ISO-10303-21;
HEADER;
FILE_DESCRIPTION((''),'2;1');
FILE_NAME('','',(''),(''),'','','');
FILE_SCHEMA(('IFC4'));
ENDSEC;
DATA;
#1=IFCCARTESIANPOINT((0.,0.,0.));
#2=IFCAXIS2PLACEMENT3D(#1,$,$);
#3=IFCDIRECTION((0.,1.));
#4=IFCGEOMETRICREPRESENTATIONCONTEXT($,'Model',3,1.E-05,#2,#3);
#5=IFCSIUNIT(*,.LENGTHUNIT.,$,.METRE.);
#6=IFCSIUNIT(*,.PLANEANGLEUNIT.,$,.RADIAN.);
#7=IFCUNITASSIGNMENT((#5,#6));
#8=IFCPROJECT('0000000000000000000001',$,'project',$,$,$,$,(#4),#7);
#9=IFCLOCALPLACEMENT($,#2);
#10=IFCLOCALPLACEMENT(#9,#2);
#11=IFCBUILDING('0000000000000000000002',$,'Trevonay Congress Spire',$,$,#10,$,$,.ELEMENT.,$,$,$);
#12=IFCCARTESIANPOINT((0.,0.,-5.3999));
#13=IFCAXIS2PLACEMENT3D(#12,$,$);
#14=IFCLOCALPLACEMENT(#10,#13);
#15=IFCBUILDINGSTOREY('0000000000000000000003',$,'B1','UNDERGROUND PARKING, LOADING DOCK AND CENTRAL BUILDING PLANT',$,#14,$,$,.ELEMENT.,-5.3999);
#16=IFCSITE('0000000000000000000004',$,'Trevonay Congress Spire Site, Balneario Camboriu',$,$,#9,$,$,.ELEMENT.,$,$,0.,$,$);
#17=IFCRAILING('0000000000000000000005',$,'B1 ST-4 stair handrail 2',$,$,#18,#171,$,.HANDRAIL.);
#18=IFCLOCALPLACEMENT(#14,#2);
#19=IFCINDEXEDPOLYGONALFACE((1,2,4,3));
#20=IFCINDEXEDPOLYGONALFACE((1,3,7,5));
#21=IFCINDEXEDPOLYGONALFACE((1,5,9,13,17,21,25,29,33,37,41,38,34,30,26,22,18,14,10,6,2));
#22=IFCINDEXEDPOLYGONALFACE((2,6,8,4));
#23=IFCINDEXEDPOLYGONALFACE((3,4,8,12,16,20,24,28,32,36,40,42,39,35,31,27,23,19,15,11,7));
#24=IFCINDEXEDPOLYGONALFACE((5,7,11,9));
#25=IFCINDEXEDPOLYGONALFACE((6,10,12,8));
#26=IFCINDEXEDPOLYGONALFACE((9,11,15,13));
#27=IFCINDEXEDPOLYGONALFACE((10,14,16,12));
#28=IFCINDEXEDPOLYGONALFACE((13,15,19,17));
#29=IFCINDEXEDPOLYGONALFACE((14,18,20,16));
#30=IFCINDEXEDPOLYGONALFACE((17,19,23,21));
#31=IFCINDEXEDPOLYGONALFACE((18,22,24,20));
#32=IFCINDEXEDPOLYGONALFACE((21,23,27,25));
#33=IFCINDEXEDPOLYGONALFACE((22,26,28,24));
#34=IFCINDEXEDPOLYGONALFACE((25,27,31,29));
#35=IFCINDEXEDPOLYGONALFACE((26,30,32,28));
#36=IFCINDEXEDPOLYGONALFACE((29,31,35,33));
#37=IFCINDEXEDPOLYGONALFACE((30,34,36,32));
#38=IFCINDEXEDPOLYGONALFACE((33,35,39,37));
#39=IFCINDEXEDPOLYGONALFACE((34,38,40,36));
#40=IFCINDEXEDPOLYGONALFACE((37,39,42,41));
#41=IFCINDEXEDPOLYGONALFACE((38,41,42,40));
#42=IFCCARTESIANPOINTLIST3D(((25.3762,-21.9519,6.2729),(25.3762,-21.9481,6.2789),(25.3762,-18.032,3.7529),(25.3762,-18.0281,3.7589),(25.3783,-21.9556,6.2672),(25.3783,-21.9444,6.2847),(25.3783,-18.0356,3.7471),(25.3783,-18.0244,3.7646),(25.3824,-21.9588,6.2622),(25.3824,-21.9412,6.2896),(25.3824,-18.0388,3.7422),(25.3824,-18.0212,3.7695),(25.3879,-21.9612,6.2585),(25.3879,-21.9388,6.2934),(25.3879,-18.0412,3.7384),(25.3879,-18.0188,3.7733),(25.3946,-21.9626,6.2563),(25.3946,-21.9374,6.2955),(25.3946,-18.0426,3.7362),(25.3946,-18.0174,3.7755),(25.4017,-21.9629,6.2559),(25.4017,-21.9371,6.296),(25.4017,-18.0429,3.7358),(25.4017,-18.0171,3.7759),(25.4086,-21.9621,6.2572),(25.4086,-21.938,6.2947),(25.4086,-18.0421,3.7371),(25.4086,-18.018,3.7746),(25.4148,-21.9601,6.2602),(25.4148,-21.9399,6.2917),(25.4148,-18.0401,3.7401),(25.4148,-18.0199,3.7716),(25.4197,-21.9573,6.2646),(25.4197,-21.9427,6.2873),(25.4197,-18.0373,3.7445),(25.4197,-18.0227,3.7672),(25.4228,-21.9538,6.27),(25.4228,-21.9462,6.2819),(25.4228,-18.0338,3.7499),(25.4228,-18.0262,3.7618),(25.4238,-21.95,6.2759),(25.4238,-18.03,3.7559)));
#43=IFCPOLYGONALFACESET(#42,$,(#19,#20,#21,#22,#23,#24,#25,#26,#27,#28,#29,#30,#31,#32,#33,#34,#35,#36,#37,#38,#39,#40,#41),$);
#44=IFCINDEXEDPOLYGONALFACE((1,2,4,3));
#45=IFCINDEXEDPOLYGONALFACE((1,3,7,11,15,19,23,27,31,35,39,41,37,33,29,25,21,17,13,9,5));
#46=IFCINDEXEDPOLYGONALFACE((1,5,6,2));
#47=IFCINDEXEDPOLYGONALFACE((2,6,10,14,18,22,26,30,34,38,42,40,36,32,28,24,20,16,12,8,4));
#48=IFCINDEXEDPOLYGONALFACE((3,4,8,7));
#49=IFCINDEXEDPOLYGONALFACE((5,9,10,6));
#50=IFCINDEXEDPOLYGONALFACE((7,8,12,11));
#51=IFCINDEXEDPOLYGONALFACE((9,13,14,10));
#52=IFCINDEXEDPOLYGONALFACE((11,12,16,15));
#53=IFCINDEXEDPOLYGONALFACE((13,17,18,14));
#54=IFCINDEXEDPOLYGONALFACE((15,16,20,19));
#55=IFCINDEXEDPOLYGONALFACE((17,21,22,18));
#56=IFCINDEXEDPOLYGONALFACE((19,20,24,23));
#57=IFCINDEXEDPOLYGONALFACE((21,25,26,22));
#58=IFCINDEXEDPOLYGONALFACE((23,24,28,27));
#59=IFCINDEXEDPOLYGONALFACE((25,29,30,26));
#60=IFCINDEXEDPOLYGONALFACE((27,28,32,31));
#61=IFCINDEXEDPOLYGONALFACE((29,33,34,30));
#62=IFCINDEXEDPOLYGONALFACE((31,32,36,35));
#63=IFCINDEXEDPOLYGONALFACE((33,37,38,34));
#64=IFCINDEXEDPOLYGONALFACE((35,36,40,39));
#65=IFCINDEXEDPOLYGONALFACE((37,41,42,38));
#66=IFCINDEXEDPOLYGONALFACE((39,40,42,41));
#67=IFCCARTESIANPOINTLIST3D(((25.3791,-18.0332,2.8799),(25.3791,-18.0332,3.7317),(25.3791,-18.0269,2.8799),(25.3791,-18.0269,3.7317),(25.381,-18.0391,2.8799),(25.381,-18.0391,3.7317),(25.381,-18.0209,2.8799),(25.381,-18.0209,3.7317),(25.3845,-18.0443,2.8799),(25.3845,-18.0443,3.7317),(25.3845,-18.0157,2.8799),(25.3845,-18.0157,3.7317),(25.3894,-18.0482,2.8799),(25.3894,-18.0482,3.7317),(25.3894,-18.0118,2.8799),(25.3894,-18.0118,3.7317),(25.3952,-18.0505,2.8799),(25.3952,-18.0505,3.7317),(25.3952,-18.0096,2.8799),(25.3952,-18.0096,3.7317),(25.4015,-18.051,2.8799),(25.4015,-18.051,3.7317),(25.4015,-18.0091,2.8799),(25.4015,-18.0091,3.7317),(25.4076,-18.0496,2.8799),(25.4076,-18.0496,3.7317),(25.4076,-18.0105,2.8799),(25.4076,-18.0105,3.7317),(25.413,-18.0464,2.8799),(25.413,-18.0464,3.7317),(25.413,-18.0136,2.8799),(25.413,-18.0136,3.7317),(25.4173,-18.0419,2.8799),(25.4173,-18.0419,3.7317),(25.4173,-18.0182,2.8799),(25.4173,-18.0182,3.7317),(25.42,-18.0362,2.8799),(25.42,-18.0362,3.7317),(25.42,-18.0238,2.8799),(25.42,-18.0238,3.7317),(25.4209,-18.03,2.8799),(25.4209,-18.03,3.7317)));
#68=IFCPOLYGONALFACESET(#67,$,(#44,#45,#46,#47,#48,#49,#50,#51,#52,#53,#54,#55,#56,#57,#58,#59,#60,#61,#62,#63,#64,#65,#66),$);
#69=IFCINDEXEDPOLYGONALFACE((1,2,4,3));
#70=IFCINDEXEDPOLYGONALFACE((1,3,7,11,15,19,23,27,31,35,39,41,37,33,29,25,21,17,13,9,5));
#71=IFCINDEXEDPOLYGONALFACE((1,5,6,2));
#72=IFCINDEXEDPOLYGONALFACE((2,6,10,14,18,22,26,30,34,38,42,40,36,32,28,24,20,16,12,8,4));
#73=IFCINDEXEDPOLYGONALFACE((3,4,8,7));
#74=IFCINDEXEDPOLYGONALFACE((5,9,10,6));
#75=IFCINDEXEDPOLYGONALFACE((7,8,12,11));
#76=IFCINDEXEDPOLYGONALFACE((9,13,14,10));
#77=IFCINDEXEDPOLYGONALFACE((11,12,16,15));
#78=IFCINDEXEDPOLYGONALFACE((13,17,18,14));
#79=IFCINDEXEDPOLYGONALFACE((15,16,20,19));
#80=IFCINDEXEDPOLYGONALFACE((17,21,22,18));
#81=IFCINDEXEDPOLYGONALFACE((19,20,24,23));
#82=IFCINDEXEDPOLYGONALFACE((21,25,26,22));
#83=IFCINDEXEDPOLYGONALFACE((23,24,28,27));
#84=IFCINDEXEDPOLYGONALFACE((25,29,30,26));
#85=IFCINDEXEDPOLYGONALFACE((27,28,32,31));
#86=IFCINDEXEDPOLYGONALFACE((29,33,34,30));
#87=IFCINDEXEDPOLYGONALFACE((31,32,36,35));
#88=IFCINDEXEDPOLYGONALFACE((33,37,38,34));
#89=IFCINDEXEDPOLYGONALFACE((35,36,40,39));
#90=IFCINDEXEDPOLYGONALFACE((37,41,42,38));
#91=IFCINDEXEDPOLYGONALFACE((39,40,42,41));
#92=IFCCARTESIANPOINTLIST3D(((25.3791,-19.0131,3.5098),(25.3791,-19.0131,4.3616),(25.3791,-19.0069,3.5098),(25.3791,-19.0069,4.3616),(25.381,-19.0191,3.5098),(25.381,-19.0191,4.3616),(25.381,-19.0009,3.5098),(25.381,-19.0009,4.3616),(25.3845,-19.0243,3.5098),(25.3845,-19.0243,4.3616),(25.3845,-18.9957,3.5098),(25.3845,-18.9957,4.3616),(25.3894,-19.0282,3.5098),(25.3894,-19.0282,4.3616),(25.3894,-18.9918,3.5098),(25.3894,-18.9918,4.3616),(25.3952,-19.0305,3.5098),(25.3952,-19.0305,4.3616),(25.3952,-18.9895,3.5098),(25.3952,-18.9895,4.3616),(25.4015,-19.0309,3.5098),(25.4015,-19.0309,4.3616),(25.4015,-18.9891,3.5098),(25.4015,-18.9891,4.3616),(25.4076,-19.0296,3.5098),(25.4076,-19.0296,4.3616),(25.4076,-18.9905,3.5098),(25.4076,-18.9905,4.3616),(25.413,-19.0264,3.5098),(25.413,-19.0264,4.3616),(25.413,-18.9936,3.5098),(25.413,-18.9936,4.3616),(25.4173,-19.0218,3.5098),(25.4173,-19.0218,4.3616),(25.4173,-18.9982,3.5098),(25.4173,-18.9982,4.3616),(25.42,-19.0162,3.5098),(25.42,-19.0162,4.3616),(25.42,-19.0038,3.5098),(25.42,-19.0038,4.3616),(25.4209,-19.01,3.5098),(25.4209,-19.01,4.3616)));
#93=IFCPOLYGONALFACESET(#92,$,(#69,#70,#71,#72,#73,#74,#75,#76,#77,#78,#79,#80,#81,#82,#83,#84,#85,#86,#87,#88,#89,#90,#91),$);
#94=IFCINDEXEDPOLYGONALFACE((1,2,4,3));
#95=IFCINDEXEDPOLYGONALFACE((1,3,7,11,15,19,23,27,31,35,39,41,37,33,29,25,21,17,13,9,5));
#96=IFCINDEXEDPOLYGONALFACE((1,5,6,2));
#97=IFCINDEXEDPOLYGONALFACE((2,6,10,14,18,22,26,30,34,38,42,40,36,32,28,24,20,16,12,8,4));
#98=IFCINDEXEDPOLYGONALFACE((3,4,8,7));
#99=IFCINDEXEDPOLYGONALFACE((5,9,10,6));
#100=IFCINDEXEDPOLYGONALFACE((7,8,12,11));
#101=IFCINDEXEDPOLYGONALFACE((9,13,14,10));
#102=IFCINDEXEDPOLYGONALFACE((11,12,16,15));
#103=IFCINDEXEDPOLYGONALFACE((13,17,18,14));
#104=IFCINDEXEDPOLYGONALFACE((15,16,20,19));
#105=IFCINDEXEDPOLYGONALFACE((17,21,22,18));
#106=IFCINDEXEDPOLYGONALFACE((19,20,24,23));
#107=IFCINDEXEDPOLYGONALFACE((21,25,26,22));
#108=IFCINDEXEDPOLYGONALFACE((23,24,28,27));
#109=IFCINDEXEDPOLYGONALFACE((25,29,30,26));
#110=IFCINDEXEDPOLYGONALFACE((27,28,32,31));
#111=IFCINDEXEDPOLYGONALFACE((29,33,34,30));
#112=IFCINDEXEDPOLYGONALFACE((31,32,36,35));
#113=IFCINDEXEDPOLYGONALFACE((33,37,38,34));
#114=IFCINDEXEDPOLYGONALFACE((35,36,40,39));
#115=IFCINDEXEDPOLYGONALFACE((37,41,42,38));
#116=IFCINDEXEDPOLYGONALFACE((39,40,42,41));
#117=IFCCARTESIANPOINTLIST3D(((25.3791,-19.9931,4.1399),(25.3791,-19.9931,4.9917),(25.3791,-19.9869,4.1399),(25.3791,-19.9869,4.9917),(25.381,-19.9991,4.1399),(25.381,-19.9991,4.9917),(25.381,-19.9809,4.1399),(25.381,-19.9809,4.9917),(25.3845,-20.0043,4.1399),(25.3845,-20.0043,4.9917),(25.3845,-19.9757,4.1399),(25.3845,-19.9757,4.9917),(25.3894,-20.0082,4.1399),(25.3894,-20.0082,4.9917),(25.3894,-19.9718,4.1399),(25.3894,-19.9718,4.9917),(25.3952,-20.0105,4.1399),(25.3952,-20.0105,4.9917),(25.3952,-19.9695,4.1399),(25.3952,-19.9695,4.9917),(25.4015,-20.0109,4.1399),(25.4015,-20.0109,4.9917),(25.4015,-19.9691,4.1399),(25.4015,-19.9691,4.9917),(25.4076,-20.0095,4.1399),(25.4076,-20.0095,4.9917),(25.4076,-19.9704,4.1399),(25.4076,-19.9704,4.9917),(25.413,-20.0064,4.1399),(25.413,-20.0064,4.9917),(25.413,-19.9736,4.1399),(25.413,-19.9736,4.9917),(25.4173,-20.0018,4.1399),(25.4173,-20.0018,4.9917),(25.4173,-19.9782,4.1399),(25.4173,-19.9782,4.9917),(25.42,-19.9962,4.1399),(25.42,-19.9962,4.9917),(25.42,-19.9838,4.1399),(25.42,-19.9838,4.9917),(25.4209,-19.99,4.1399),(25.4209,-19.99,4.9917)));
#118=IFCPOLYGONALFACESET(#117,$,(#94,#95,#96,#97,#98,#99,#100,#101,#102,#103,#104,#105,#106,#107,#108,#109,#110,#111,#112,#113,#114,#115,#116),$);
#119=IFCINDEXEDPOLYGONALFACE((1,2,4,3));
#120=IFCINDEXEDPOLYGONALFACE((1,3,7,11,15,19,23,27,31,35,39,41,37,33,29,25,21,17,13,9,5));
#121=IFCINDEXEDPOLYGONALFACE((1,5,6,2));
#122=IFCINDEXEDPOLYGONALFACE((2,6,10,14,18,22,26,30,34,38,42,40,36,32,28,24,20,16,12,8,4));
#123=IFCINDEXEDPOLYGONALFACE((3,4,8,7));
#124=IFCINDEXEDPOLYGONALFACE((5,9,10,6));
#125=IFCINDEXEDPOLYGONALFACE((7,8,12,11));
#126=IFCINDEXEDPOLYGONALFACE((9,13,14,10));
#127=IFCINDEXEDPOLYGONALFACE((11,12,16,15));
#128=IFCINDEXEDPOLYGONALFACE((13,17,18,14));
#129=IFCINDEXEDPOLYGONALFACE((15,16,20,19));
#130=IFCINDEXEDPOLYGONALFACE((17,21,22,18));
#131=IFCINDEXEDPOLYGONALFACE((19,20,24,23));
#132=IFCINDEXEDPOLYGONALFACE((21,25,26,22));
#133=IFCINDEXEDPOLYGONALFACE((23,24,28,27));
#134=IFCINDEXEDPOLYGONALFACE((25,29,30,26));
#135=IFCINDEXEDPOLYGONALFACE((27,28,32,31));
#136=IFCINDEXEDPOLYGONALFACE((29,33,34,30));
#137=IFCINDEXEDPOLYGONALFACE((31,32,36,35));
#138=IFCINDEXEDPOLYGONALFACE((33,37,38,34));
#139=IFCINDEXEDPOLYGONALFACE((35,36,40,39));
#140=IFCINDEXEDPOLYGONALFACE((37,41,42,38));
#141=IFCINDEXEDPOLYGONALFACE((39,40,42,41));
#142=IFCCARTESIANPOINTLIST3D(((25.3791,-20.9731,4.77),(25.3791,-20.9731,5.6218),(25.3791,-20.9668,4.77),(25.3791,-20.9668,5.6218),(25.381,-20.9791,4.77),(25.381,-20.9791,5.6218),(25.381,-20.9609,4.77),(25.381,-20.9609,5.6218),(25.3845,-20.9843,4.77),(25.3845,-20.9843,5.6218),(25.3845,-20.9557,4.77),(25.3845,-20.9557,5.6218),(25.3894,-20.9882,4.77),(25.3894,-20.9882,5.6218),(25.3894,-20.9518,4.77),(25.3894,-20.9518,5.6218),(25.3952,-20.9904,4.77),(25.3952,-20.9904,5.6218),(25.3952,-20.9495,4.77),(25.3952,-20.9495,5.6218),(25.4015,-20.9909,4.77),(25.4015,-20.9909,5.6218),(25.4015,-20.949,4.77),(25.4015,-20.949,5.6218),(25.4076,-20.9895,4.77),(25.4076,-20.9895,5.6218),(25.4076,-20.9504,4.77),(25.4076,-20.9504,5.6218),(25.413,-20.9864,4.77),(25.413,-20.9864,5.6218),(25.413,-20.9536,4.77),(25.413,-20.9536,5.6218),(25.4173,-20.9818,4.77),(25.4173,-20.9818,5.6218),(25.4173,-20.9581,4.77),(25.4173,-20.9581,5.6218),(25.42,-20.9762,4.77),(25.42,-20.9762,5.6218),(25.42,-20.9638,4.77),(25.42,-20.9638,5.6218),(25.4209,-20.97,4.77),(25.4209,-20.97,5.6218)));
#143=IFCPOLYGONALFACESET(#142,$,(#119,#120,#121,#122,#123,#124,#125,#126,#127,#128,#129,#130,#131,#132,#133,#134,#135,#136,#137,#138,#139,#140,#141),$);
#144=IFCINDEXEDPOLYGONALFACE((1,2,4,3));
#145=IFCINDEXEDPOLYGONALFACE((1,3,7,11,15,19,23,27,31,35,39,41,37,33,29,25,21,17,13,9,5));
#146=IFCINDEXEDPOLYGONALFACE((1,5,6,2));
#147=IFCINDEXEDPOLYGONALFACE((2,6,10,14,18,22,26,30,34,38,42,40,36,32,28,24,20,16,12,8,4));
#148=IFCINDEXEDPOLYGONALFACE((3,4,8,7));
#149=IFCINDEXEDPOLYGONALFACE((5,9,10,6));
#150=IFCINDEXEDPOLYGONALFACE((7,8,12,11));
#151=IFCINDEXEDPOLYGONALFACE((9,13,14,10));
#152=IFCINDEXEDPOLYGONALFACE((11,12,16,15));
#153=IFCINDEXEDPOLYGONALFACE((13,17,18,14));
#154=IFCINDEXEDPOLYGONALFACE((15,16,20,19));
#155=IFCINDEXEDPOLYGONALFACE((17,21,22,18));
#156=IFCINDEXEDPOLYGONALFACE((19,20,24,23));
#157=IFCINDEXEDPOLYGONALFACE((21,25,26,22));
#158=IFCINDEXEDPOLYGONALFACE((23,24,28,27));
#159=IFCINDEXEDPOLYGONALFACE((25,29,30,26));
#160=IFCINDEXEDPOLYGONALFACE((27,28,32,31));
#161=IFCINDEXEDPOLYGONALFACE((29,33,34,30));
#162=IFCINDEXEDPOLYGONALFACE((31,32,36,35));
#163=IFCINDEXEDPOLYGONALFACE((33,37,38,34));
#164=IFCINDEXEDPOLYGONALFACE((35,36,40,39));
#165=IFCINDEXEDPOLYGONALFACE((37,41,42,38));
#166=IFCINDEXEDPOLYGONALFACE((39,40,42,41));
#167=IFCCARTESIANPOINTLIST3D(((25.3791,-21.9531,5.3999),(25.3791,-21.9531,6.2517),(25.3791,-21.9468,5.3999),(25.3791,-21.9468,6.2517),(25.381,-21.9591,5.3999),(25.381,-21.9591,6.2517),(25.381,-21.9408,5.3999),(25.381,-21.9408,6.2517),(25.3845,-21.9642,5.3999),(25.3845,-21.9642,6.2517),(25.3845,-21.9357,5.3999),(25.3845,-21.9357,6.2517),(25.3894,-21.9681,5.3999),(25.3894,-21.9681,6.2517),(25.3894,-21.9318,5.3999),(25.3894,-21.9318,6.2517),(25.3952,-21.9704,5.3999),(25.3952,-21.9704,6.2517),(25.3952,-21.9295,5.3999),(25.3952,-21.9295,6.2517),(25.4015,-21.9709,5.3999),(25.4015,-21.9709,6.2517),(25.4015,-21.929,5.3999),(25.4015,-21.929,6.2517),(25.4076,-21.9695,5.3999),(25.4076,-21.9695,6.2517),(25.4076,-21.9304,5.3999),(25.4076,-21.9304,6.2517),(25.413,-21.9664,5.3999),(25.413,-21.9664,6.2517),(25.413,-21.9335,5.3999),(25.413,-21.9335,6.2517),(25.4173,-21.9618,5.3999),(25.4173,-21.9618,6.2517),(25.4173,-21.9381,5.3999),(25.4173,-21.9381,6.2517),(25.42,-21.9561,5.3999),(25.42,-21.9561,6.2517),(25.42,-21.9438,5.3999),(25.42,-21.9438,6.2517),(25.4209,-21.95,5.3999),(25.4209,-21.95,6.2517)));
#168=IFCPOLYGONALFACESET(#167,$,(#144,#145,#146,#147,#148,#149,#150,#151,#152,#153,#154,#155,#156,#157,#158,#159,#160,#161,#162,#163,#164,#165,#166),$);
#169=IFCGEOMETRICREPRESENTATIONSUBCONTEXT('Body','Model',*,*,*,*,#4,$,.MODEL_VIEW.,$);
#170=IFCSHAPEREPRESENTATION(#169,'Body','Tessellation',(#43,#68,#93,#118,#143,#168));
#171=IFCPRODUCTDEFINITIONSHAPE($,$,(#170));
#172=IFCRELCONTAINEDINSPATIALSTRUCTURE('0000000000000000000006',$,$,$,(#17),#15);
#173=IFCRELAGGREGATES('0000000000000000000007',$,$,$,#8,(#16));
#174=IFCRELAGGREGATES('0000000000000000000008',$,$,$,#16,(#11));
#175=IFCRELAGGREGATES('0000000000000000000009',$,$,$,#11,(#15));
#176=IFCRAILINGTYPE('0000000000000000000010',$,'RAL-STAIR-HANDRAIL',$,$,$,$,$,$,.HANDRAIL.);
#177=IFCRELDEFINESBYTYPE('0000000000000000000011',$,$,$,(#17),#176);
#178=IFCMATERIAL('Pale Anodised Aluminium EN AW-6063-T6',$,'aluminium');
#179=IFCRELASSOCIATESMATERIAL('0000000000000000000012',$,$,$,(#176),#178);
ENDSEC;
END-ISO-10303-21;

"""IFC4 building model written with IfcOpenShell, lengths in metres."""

from ifc_helpers import new_model, si_unit, direction, frame, origin, origin_2d, place, context, subcontext, project, spatial, circle, extrude, material, type_object, element, save


model = new_model("IFC4")

# Units and contexts
model_context = context("Model", 3, precision=1e-05, world=origin(), true_north=direction((0.0, 1.0)))
body_context = subcontext(model_context, "Body", "Model", "MODEL_VIEW")
ifc_project = project(units=[si_unit("LENGTHUNIT", "METRE"), si_unit("PLANEANGLEUNIT", "RADIAN")], contexts=[model_context])

# Site, building, storey
site_placement = place(None, origin())
site = spatial("IfcSite", under=ifc_project, at=site_placement, Name="Trevonay Congress Spire Site, Balneario Camboriu", CompositionType="ELEMENT", RefElevation=0.0)
building_placement = place(site_placement, origin())
building = spatial("IfcBuilding", under=site, at=building_placement, Name="Trevonay Congress Spire", CompositionType="ELEMENT")
storey_placement = place(building_placement, frame((0.0, 0.0, -5.3999)))
storey = spatial("IfcBuildingStorey", under=building, at=storey_placement, Name="B1", Description="UNDERGROUND PARKING, LOADING DOCK AND CENTRAL BUILDING PLANT", CompositionType="ELEMENT", Elevation=-5.3999)

# Railing
ifc_material_1 = material(Name="Pale Anodised Aluminium EN AW-6063-T6", Category="aluminium")
railing_type_1 = type_object("IfcRailingType", Name="RAL-STAIR-HANDRAIL", PredefinedType="HANDRAIL", material=ifc_material_1)
railing_1_placement = place(storey_placement, frame((25.3999, -18.03, 2.8799)))
element("IfcRailing", 1, at=railing_1_placement, inside=storey, type_object=railing_type_1, Name="B1 ST-4 stair handrail 2", PredefinedType="HANDRAIL", context=body_context, shape_type="SweptSolid", body=[
    extrude(circle(Radius=0.0239, at=origin_2d()), frame((0.0, 0.0, 0.876), z_axis=(0.0, -0.841172, 0.540768), x_axis=(1.0, 0.0, 0.0)), (0.0, 0.0, 1.0), 4.6602),
    extrude(circle(Radius=0.021, at=origin_2d()), origin(), (0.0, 0.0, 1.0), 0.8518),
    extrude(circle(Radius=0.021, at=origin_2d()), frame((0.0, -0.98, 0.6299)), (0.0, 0.0, 1.0), 0.8518),
    extrude(circle(Radius=0.021, at=origin_2d()), frame((0.0, -1.96, 1.26)), (0.0, 0.0, 1.0), 0.8518),
    extrude(circle(Radius=0.021, at=origin_2d()), frame((0.0, -2.9399, 1.8901)), (0.0, 0.0, 1.0), 0.8518),
    extrude(circle(Radius=0.021, at=origin_2d()), frame((0.0, -3.9199, 2.52)), (0.0, 0.0, 1.0), 0.8518),
])

save(model, "model.ifc")
